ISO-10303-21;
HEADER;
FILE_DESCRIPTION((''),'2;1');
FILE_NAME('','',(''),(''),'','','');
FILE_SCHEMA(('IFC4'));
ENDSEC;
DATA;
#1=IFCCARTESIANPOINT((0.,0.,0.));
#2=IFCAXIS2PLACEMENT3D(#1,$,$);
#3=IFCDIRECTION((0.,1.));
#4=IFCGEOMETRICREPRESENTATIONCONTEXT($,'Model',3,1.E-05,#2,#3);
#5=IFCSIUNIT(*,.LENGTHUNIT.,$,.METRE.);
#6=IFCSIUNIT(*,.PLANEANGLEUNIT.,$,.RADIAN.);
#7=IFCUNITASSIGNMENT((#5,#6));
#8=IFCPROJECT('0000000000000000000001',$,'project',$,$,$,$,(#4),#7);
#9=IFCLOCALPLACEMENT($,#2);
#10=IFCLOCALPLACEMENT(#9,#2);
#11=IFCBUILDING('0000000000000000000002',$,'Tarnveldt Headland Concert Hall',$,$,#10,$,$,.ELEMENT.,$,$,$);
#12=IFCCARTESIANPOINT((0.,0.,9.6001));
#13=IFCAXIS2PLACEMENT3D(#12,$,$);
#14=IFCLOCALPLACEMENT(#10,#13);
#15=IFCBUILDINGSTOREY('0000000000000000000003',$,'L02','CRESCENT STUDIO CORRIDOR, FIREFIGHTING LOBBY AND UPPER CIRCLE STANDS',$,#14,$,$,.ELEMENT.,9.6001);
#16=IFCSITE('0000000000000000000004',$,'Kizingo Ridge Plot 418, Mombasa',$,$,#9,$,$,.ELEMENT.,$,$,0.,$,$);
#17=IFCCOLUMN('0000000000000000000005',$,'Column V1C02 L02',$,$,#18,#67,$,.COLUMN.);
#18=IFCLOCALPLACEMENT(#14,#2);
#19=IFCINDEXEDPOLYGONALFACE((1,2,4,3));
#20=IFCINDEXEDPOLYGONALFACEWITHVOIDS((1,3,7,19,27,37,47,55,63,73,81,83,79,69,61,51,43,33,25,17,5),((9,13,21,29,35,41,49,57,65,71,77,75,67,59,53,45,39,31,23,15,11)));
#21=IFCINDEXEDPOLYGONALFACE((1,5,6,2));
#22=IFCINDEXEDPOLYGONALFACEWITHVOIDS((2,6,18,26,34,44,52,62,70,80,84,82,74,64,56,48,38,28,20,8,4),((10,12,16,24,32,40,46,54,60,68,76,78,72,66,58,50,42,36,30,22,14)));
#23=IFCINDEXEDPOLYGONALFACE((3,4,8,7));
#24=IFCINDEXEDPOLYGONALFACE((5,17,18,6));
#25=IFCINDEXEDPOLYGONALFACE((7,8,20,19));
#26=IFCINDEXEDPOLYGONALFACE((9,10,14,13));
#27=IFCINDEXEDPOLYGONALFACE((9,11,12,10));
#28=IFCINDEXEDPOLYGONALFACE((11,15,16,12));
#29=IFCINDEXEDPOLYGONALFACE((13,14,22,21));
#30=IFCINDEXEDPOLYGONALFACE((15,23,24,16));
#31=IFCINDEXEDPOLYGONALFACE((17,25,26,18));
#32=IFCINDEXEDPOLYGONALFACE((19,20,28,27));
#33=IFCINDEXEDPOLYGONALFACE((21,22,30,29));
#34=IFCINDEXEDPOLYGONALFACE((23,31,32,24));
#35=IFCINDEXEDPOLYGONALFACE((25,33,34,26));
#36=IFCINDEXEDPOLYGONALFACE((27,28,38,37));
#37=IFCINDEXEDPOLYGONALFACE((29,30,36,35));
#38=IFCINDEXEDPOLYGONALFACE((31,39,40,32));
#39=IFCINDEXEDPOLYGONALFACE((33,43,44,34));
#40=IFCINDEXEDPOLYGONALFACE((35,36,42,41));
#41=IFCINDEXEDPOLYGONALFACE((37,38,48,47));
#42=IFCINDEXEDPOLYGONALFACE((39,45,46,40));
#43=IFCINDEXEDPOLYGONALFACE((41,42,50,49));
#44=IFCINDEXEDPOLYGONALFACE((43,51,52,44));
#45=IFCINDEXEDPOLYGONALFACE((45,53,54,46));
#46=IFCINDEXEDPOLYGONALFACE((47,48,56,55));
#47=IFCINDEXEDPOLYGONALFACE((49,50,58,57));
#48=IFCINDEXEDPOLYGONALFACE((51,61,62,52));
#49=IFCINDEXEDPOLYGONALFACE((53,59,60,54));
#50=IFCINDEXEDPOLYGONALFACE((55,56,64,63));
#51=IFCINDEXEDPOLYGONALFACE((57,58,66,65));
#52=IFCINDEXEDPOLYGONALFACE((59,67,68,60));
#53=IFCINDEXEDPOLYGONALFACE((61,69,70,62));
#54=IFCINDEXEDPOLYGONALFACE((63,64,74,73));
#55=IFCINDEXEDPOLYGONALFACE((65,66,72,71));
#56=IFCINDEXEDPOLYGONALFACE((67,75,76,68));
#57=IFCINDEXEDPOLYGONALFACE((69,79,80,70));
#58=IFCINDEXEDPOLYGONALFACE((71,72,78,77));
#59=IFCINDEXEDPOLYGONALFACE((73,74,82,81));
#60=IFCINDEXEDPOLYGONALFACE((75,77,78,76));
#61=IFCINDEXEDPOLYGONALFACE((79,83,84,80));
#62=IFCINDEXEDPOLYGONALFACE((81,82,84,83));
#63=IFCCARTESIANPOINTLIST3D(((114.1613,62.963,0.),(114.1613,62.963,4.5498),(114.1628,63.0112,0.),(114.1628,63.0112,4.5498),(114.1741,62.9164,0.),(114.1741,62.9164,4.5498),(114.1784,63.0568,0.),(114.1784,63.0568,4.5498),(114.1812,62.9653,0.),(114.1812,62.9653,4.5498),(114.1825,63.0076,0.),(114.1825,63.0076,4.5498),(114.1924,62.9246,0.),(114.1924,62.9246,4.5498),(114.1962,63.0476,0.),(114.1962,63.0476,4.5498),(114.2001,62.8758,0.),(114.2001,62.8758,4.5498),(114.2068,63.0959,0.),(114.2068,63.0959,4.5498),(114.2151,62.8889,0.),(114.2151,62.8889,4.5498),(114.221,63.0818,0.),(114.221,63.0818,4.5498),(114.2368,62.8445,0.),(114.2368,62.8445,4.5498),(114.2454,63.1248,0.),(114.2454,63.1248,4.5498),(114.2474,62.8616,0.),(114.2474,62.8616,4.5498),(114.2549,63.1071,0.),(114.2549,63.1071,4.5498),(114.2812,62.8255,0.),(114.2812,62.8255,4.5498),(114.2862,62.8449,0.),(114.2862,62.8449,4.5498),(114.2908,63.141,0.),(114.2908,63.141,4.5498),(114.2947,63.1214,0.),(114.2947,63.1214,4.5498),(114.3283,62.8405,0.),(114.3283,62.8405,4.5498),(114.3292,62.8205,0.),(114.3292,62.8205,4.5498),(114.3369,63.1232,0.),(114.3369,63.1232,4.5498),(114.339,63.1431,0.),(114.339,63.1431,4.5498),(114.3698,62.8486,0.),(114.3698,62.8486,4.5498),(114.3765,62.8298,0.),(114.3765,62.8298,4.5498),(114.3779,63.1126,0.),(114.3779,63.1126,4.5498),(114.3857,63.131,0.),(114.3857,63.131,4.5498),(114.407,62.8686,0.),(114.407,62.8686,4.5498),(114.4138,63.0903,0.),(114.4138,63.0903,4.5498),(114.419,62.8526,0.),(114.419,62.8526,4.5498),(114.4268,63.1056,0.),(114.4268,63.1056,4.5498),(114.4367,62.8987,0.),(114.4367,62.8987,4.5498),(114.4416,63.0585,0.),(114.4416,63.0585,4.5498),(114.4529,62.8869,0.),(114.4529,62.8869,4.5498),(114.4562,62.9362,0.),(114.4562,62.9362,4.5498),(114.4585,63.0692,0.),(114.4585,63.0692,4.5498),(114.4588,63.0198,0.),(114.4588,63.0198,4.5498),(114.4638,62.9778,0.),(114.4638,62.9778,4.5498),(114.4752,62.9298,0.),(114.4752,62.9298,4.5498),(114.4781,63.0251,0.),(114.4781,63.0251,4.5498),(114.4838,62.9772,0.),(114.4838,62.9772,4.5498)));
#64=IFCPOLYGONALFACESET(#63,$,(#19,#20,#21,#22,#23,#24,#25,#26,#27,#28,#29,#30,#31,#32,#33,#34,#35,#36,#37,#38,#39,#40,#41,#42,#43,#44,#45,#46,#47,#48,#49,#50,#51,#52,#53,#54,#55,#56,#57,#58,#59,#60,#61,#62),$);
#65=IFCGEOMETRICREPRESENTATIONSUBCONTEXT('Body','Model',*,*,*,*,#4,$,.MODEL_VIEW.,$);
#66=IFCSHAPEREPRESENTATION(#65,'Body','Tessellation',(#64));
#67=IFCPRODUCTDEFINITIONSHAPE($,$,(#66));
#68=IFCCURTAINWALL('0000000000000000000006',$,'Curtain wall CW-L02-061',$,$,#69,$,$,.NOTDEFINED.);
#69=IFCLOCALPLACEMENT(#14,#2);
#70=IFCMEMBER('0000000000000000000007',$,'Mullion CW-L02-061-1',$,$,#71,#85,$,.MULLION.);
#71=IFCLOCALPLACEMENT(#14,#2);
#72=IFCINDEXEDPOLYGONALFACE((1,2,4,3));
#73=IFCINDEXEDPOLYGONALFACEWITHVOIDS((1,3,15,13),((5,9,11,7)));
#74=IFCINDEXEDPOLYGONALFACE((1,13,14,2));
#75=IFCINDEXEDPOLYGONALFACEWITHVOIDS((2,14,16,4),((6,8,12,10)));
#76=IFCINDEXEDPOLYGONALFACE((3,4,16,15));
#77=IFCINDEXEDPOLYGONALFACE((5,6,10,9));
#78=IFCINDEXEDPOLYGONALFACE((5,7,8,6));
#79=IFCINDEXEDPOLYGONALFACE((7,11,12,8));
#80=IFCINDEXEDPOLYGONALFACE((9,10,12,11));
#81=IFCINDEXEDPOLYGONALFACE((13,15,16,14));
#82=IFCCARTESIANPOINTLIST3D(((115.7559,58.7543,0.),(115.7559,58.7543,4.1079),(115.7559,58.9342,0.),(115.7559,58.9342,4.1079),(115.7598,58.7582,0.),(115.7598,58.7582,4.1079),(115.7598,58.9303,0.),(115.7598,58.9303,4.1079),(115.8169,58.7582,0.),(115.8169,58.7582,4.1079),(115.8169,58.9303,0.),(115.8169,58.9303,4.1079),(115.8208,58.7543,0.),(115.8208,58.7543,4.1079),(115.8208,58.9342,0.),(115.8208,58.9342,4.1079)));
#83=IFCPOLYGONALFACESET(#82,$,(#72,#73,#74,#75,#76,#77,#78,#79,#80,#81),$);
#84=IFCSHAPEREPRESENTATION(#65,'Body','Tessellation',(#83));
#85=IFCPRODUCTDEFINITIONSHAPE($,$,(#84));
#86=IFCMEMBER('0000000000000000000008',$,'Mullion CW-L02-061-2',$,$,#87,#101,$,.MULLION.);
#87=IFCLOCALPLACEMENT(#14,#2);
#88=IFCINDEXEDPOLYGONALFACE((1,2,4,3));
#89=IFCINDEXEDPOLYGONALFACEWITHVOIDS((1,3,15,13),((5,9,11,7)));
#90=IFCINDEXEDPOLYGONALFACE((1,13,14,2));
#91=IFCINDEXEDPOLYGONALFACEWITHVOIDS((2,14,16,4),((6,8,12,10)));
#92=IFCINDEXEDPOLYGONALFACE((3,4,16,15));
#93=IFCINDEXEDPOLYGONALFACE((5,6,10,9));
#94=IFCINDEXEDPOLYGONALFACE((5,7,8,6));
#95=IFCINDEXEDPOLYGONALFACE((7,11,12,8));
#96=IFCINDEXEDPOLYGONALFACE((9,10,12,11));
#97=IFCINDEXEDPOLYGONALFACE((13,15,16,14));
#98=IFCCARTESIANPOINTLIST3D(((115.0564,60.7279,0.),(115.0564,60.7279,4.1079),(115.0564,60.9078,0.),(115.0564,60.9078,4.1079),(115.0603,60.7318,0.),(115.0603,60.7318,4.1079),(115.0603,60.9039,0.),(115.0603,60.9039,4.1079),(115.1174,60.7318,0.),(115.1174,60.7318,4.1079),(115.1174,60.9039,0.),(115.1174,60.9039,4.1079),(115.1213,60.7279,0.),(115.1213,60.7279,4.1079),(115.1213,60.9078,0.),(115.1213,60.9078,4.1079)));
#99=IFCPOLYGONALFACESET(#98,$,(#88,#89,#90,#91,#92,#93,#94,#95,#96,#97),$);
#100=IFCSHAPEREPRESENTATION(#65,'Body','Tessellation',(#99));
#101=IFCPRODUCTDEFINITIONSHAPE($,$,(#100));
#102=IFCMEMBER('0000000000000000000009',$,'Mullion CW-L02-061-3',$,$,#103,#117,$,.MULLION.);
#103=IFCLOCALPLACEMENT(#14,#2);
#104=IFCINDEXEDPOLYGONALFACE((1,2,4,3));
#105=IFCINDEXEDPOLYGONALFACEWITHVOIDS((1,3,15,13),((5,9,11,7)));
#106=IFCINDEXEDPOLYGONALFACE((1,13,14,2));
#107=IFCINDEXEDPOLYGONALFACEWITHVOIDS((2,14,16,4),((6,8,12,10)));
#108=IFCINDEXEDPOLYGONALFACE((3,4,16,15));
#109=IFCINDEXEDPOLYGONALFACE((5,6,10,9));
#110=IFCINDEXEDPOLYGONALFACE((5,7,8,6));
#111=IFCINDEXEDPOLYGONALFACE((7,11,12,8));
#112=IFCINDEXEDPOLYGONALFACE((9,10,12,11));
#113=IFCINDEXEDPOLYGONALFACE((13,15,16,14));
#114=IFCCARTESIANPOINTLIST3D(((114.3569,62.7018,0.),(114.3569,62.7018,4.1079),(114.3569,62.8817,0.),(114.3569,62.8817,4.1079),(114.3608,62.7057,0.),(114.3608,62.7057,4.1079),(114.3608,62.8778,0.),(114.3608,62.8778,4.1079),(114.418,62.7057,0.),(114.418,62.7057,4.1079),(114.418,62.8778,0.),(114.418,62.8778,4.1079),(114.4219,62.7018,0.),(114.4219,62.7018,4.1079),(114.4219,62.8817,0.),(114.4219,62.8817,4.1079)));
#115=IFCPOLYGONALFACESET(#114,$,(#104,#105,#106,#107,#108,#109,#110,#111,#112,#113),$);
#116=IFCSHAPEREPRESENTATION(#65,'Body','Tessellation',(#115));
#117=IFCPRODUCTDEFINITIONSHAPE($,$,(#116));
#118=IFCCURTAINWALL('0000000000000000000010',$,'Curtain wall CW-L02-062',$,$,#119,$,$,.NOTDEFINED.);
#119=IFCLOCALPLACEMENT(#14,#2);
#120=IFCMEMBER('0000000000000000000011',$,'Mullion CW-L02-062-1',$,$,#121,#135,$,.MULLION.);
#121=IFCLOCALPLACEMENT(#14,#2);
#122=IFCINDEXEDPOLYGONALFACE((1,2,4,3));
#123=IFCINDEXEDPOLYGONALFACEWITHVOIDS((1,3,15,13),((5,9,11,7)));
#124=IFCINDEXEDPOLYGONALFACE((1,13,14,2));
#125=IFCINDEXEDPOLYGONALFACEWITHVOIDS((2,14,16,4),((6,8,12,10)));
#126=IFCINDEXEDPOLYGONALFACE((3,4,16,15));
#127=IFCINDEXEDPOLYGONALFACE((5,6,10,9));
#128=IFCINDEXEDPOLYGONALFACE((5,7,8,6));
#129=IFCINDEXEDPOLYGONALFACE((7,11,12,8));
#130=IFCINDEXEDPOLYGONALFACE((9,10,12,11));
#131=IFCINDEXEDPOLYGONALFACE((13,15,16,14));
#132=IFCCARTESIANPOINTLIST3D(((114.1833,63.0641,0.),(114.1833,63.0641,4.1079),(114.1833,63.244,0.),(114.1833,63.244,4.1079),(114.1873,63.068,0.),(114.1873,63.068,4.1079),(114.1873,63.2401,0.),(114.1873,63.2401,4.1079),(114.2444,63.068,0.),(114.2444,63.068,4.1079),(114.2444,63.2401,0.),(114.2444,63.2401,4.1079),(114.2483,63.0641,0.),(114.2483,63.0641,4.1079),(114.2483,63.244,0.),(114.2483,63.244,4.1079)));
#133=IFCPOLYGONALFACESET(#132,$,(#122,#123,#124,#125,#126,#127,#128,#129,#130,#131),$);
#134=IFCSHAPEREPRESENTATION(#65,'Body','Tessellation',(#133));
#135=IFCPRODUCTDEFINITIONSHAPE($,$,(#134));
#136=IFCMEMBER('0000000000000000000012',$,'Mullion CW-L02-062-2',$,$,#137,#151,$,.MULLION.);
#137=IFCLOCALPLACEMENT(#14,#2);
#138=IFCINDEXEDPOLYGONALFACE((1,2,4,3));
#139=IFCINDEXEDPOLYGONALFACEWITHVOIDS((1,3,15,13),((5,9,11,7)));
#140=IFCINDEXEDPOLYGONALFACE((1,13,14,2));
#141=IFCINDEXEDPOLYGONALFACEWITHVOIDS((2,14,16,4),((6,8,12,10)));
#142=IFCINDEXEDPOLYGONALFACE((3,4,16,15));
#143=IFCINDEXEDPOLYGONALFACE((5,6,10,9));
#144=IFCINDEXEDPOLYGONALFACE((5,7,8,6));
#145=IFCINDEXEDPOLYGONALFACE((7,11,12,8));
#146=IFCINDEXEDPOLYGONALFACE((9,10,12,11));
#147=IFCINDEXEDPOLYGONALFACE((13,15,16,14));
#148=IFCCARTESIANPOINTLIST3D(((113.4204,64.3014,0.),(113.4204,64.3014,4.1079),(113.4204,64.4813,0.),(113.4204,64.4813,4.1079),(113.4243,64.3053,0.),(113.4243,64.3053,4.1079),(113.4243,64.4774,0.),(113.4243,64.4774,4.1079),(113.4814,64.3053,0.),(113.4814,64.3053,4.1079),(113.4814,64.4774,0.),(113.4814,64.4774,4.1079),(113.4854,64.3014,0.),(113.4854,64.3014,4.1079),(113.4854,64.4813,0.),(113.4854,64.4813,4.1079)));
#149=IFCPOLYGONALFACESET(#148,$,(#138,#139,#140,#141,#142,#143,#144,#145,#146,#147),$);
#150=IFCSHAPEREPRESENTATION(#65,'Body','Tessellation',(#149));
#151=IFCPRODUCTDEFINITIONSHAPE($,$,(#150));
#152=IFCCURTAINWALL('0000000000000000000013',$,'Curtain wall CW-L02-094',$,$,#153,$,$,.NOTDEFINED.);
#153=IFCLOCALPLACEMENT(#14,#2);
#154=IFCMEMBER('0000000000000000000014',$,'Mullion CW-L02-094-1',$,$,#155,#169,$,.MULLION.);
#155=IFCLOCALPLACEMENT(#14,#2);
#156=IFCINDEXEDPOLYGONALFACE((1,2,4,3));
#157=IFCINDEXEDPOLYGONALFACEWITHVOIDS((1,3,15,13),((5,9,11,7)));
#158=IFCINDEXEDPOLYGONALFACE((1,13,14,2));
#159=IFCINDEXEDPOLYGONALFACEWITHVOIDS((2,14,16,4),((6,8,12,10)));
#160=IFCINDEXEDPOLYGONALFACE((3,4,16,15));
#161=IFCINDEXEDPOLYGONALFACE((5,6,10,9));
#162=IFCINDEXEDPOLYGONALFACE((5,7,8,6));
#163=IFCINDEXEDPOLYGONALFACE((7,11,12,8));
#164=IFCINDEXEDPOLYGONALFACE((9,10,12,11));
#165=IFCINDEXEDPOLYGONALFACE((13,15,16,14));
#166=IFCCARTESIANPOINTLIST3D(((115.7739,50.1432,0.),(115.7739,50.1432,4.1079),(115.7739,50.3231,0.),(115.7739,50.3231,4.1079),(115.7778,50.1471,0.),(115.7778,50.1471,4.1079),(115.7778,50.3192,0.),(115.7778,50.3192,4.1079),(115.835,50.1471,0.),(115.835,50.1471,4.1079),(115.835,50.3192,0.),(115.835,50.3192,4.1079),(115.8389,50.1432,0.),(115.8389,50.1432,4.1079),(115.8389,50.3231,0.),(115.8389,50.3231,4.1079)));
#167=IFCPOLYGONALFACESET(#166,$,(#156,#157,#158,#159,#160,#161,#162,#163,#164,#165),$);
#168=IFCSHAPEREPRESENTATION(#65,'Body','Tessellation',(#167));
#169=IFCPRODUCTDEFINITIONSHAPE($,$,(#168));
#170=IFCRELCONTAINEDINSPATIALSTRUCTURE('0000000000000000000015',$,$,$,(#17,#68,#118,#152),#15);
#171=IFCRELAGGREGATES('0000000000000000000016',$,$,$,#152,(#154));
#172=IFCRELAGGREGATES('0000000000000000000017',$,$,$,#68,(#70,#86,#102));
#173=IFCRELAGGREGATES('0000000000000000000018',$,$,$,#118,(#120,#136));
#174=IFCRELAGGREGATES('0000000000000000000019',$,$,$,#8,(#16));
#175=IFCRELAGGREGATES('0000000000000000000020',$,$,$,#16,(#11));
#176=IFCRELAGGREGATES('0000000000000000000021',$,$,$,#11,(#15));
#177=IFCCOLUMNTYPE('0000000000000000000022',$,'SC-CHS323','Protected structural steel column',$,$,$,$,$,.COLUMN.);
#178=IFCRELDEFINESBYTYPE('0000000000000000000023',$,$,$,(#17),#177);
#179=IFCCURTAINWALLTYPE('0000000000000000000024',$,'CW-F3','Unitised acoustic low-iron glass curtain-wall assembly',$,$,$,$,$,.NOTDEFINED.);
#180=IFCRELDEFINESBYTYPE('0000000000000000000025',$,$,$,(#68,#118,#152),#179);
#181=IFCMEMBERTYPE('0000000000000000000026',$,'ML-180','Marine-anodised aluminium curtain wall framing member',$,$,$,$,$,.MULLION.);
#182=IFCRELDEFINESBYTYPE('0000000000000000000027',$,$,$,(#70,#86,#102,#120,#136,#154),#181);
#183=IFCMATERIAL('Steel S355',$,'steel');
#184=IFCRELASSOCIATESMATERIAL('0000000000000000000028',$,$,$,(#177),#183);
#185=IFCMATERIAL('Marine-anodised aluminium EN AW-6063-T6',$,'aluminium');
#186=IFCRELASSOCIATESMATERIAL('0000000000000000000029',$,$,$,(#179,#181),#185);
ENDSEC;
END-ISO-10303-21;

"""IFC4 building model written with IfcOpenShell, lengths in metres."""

from ifc_helpers import new_model, si_unit, direction, frame, origin, origin_2d, place, context, subcontext, project, spatial, hollow_rectangle, hollow_circle, extrude, material, material_profile, profile_set, type_object, element, aggregate, save


model = new_model("IFC4")

# Units and contexts
model_context = context("Model", 3, precision=1e-05, world=origin(), true_north=direction((0.0, 1.0)))
body_context = subcontext(model_context, "Body", "Model", "MODEL_VIEW")
ifc_project = project(units=[si_unit("LENGTHUNIT", "METRE"), si_unit("PLANEANGLEUNIT", "RADIAN")], contexts=[model_context])

# Site, building, storey
site_placement = place(None, origin())
site = spatial("IfcSite", under=ifc_project, at=site_placement, Name="Kizingo Ridge Plot 418, Mombasa", CompositionType="ELEMENT", RefElevation=0.0)
building_placement = place(site_placement, origin())
building = spatial("IfcBuilding", under=site, at=building_placement, Name="Tarnveldt Headland Concert Hall", CompositionType="ELEMENT")
storey_placement = place(building_placement, frame((0.0, 0.0, 9.6001)))
storey = spatial("IfcBuildingStorey", under=building, at=storey_placement, Name="L02", Description="CRESCENT STUDIO CORRIDOR, FIREFIGHTING LOBBY AND UPPER CIRCLE STANDS", CompositionType="ELEMENT", Elevation=9.6001)

# Column
ifc_material_1 = material(Name="Steel S355", Category="steel")
ifc_material_profile_1 = material_profile(ifc_material_1, hollow_circle(Radius=0.1619, WallThickness=0.02, at=origin_2d()), Name="CHS 323.9x20", Category="steel")
ifc_profile_set_1 = profile_set([ifc_material_profile_1], Name="Steel S355")
column_type = type_object("IfcColumnType", Name="SC-CHS323", Description="Protected structural steel column", PredefinedType="COLUMN", material=ifc_profile_set_1)
column_placement = place(storey_placement, frame((114.322, 62.9822, 0.0), z_axis=(0.0, 0.0, 1.0), x_axis=(0.964142, 0.265388, 0.0)))
element("IfcColumn", 1, at=column_placement, inside=storey, type_object=column_type, Name="Column V1C02 L02", PredefinedType="COLUMN", context=body_context, shape_type="SweptSolid", body=[
    extrude(hollow_circle(Radius=0.1619, WallThickness=0.02, at=origin_2d()), origin(), (0.0, 0.0, 1.0), 4.5498),
])

# Curtain walls, members
ifc_material_2 = material(Name="Marine-anodised aluminium EN AW-6063-T6", Category="aluminium")
curtain_wall_type = type_object("IfcCurtainWallType", Name="CW-F3", Description="Unitised acoustic low-iron glass curtain-wall assembly", PredefinedType="NOTDEFINED", material=ifc_material_2)
curtain_wall_1_placement = place(storey_placement, origin())
curtain_wall_1 = element("IfcCurtainWall", 2, at=curtain_wall_1_placement, inside=storey, type_object=curtain_wall_type, Name="Curtain wall CW-L02-061", PredefinedType="NOTDEFINED")
ifc_material_profile_2 = material_profile(ifc_material_2, hollow_rectangle(XDim=0.0649, YDim=0.1799, WallThickness=0.0039, at=origin_2d()), Name="ALU MULLION 65x180x4", Category="aluminium")
ifc_profile_set_2 = profile_set([ifc_material_profile_2], Name="Marine-anodised aluminium EN AW-6063-T6")
member_type_1 = type_object("IfcMemberType", Name="ML-180", Description="Marine-anodised aluminium curtain wall framing member", PredefinedType="MULLION", material=ifc_profile_set_2)
member_1_placement = place(storey_placement, frame((115.7883, 58.8442, 0.0), z_axis=(0.0, 0.0, 1.0), x_axis=(1.0, 0.0, 0.0)))
member_1 = element("IfcMember", 3, at=member_1_placement, type_object=member_type_1, Name="Mullion CW-L02-061-1", PredefinedType="MULLION", context=body_context, shape_type="SweptSolid", body=[
    extrude(hollow_rectangle(XDim=0.0649, YDim=0.1799, WallThickness=0.0039, at=origin_2d()), origin(), (0.0, 0.0, 1.0), 4.1079),
])
member_2_placement = place(storey_placement, frame((115.0889, 60.8179, 0.0), z_axis=(0.0, 0.0, 1.0), x_axis=(1.0, 0.0, 0.0)))
member_2 = element("IfcMember", 4, at=member_2_placement, type_object=member_type_1, Name="Mullion CW-L02-061-2", PredefinedType="MULLION", context=body_context, shape_type="SweptSolid", body=[
    extrude(hollow_rectangle(XDim=0.0649, YDim=0.1799, WallThickness=0.0039, at=origin_2d()), origin(), (0.0, 0.0, 1.0), 4.1079),
])
member_3_placement = place(storey_placement, frame((114.3894, 62.7917, 0.0), z_axis=(0.0, 0.0, 1.0), x_axis=(1.0, 0.0, 0.0)))
member_3 = element("IfcMember", 5, at=member_3_placement, type_object=member_type_1, Name="Mullion CW-L02-061-3", PredefinedType="MULLION", context=body_context, shape_type="SweptSolid", body=[
    extrude(hollow_rectangle(XDim=0.0649, YDim=0.1799, WallThickness=0.0039, at=origin_2d()), origin(), (0.0, 0.0, 1.0), 4.1079),
])
curtain_wall_2_placement = place(storey_placement, origin())
curtain_wall_2 = element("IfcCurtainWall", 6, at=curtain_wall_2_placement, inside=storey, type_object=curtain_wall_type, Name="Curtain wall CW-L02-062", PredefinedType="NOTDEFINED")
member_4_placement = place(storey_placement, frame((114.2158, 63.1541, 0.0), z_axis=(0.0, 0.0, 1.0), x_axis=(1.0, 0.0, 0.0)))
member_4 = element("IfcMember", 7, at=member_4_placement, type_object=member_type_1, Name="Mullion CW-L02-062-1", PredefinedType="MULLION", context=body_context, shape_type="SweptSolid", body=[
    extrude(hollow_rectangle(XDim=0.0649, YDim=0.1799, WallThickness=0.0039, at=origin_2d()), origin(), (0.0, 0.0, 1.0), 4.1079),
])
member_5_placement = place(storey_placement, frame((113.4529, 64.3914, 0.0), z_axis=(0.0, 0.0, 1.0), x_axis=(1.0, 0.0, 0.0)))
member_5 = element("IfcMember", 8, at=member_5_placement, type_object=member_type_1, Name="Mullion CW-L02-062-2", PredefinedType="MULLION", context=body_context, shape_type="SweptSolid", body=[
    extrude(hollow_rectangle(XDim=0.0649, YDim=0.1799, WallThickness=0.0039, at=origin_2d()), origin(), (0.0, 0.0, 1.0), 4.1079),
])

# Curtain wall, member
curtain_wall_3_placement = place(storey_placement, origin())
curtain_wall_3 = element("IfcCurtainWall", 9, at=curtain_wall_3_placement, inside=storey, type_object=curtain_wall_type, Name="Curtain wall CW-L02-094", PredefinedType="NOTDEFINED")
member_6_placement = place(storey_placement, frame((115.8064, 50.2332, 0.0), z_axis=(0.0, 0.0, 1.0), x_axis=(1.0, 0.0, 0.0)))
member_6 = element("IfcMember", 10, at=member_6_placement, type_object=member_type_1, Name="Mullion CW-L02-094-1", PredefinedType="MULLION", context=body_context, shape_type="SweptSolid", body=[
    extrude(hollow_rectangle(XDim=0.0649, YDim=0.1799, WallThickness=0.0039, at=origin_2d()), origin(), (0.0, 0.0, 1.0), 4.1079),
])
aggregate(curtain_wall_3, [member_6])

aggregate(curtain_wall_1, [member_1, member_2, member_3])
aggregate(curtain_wall_2, [member_4, member_5])

save(model, "model.ifc")
